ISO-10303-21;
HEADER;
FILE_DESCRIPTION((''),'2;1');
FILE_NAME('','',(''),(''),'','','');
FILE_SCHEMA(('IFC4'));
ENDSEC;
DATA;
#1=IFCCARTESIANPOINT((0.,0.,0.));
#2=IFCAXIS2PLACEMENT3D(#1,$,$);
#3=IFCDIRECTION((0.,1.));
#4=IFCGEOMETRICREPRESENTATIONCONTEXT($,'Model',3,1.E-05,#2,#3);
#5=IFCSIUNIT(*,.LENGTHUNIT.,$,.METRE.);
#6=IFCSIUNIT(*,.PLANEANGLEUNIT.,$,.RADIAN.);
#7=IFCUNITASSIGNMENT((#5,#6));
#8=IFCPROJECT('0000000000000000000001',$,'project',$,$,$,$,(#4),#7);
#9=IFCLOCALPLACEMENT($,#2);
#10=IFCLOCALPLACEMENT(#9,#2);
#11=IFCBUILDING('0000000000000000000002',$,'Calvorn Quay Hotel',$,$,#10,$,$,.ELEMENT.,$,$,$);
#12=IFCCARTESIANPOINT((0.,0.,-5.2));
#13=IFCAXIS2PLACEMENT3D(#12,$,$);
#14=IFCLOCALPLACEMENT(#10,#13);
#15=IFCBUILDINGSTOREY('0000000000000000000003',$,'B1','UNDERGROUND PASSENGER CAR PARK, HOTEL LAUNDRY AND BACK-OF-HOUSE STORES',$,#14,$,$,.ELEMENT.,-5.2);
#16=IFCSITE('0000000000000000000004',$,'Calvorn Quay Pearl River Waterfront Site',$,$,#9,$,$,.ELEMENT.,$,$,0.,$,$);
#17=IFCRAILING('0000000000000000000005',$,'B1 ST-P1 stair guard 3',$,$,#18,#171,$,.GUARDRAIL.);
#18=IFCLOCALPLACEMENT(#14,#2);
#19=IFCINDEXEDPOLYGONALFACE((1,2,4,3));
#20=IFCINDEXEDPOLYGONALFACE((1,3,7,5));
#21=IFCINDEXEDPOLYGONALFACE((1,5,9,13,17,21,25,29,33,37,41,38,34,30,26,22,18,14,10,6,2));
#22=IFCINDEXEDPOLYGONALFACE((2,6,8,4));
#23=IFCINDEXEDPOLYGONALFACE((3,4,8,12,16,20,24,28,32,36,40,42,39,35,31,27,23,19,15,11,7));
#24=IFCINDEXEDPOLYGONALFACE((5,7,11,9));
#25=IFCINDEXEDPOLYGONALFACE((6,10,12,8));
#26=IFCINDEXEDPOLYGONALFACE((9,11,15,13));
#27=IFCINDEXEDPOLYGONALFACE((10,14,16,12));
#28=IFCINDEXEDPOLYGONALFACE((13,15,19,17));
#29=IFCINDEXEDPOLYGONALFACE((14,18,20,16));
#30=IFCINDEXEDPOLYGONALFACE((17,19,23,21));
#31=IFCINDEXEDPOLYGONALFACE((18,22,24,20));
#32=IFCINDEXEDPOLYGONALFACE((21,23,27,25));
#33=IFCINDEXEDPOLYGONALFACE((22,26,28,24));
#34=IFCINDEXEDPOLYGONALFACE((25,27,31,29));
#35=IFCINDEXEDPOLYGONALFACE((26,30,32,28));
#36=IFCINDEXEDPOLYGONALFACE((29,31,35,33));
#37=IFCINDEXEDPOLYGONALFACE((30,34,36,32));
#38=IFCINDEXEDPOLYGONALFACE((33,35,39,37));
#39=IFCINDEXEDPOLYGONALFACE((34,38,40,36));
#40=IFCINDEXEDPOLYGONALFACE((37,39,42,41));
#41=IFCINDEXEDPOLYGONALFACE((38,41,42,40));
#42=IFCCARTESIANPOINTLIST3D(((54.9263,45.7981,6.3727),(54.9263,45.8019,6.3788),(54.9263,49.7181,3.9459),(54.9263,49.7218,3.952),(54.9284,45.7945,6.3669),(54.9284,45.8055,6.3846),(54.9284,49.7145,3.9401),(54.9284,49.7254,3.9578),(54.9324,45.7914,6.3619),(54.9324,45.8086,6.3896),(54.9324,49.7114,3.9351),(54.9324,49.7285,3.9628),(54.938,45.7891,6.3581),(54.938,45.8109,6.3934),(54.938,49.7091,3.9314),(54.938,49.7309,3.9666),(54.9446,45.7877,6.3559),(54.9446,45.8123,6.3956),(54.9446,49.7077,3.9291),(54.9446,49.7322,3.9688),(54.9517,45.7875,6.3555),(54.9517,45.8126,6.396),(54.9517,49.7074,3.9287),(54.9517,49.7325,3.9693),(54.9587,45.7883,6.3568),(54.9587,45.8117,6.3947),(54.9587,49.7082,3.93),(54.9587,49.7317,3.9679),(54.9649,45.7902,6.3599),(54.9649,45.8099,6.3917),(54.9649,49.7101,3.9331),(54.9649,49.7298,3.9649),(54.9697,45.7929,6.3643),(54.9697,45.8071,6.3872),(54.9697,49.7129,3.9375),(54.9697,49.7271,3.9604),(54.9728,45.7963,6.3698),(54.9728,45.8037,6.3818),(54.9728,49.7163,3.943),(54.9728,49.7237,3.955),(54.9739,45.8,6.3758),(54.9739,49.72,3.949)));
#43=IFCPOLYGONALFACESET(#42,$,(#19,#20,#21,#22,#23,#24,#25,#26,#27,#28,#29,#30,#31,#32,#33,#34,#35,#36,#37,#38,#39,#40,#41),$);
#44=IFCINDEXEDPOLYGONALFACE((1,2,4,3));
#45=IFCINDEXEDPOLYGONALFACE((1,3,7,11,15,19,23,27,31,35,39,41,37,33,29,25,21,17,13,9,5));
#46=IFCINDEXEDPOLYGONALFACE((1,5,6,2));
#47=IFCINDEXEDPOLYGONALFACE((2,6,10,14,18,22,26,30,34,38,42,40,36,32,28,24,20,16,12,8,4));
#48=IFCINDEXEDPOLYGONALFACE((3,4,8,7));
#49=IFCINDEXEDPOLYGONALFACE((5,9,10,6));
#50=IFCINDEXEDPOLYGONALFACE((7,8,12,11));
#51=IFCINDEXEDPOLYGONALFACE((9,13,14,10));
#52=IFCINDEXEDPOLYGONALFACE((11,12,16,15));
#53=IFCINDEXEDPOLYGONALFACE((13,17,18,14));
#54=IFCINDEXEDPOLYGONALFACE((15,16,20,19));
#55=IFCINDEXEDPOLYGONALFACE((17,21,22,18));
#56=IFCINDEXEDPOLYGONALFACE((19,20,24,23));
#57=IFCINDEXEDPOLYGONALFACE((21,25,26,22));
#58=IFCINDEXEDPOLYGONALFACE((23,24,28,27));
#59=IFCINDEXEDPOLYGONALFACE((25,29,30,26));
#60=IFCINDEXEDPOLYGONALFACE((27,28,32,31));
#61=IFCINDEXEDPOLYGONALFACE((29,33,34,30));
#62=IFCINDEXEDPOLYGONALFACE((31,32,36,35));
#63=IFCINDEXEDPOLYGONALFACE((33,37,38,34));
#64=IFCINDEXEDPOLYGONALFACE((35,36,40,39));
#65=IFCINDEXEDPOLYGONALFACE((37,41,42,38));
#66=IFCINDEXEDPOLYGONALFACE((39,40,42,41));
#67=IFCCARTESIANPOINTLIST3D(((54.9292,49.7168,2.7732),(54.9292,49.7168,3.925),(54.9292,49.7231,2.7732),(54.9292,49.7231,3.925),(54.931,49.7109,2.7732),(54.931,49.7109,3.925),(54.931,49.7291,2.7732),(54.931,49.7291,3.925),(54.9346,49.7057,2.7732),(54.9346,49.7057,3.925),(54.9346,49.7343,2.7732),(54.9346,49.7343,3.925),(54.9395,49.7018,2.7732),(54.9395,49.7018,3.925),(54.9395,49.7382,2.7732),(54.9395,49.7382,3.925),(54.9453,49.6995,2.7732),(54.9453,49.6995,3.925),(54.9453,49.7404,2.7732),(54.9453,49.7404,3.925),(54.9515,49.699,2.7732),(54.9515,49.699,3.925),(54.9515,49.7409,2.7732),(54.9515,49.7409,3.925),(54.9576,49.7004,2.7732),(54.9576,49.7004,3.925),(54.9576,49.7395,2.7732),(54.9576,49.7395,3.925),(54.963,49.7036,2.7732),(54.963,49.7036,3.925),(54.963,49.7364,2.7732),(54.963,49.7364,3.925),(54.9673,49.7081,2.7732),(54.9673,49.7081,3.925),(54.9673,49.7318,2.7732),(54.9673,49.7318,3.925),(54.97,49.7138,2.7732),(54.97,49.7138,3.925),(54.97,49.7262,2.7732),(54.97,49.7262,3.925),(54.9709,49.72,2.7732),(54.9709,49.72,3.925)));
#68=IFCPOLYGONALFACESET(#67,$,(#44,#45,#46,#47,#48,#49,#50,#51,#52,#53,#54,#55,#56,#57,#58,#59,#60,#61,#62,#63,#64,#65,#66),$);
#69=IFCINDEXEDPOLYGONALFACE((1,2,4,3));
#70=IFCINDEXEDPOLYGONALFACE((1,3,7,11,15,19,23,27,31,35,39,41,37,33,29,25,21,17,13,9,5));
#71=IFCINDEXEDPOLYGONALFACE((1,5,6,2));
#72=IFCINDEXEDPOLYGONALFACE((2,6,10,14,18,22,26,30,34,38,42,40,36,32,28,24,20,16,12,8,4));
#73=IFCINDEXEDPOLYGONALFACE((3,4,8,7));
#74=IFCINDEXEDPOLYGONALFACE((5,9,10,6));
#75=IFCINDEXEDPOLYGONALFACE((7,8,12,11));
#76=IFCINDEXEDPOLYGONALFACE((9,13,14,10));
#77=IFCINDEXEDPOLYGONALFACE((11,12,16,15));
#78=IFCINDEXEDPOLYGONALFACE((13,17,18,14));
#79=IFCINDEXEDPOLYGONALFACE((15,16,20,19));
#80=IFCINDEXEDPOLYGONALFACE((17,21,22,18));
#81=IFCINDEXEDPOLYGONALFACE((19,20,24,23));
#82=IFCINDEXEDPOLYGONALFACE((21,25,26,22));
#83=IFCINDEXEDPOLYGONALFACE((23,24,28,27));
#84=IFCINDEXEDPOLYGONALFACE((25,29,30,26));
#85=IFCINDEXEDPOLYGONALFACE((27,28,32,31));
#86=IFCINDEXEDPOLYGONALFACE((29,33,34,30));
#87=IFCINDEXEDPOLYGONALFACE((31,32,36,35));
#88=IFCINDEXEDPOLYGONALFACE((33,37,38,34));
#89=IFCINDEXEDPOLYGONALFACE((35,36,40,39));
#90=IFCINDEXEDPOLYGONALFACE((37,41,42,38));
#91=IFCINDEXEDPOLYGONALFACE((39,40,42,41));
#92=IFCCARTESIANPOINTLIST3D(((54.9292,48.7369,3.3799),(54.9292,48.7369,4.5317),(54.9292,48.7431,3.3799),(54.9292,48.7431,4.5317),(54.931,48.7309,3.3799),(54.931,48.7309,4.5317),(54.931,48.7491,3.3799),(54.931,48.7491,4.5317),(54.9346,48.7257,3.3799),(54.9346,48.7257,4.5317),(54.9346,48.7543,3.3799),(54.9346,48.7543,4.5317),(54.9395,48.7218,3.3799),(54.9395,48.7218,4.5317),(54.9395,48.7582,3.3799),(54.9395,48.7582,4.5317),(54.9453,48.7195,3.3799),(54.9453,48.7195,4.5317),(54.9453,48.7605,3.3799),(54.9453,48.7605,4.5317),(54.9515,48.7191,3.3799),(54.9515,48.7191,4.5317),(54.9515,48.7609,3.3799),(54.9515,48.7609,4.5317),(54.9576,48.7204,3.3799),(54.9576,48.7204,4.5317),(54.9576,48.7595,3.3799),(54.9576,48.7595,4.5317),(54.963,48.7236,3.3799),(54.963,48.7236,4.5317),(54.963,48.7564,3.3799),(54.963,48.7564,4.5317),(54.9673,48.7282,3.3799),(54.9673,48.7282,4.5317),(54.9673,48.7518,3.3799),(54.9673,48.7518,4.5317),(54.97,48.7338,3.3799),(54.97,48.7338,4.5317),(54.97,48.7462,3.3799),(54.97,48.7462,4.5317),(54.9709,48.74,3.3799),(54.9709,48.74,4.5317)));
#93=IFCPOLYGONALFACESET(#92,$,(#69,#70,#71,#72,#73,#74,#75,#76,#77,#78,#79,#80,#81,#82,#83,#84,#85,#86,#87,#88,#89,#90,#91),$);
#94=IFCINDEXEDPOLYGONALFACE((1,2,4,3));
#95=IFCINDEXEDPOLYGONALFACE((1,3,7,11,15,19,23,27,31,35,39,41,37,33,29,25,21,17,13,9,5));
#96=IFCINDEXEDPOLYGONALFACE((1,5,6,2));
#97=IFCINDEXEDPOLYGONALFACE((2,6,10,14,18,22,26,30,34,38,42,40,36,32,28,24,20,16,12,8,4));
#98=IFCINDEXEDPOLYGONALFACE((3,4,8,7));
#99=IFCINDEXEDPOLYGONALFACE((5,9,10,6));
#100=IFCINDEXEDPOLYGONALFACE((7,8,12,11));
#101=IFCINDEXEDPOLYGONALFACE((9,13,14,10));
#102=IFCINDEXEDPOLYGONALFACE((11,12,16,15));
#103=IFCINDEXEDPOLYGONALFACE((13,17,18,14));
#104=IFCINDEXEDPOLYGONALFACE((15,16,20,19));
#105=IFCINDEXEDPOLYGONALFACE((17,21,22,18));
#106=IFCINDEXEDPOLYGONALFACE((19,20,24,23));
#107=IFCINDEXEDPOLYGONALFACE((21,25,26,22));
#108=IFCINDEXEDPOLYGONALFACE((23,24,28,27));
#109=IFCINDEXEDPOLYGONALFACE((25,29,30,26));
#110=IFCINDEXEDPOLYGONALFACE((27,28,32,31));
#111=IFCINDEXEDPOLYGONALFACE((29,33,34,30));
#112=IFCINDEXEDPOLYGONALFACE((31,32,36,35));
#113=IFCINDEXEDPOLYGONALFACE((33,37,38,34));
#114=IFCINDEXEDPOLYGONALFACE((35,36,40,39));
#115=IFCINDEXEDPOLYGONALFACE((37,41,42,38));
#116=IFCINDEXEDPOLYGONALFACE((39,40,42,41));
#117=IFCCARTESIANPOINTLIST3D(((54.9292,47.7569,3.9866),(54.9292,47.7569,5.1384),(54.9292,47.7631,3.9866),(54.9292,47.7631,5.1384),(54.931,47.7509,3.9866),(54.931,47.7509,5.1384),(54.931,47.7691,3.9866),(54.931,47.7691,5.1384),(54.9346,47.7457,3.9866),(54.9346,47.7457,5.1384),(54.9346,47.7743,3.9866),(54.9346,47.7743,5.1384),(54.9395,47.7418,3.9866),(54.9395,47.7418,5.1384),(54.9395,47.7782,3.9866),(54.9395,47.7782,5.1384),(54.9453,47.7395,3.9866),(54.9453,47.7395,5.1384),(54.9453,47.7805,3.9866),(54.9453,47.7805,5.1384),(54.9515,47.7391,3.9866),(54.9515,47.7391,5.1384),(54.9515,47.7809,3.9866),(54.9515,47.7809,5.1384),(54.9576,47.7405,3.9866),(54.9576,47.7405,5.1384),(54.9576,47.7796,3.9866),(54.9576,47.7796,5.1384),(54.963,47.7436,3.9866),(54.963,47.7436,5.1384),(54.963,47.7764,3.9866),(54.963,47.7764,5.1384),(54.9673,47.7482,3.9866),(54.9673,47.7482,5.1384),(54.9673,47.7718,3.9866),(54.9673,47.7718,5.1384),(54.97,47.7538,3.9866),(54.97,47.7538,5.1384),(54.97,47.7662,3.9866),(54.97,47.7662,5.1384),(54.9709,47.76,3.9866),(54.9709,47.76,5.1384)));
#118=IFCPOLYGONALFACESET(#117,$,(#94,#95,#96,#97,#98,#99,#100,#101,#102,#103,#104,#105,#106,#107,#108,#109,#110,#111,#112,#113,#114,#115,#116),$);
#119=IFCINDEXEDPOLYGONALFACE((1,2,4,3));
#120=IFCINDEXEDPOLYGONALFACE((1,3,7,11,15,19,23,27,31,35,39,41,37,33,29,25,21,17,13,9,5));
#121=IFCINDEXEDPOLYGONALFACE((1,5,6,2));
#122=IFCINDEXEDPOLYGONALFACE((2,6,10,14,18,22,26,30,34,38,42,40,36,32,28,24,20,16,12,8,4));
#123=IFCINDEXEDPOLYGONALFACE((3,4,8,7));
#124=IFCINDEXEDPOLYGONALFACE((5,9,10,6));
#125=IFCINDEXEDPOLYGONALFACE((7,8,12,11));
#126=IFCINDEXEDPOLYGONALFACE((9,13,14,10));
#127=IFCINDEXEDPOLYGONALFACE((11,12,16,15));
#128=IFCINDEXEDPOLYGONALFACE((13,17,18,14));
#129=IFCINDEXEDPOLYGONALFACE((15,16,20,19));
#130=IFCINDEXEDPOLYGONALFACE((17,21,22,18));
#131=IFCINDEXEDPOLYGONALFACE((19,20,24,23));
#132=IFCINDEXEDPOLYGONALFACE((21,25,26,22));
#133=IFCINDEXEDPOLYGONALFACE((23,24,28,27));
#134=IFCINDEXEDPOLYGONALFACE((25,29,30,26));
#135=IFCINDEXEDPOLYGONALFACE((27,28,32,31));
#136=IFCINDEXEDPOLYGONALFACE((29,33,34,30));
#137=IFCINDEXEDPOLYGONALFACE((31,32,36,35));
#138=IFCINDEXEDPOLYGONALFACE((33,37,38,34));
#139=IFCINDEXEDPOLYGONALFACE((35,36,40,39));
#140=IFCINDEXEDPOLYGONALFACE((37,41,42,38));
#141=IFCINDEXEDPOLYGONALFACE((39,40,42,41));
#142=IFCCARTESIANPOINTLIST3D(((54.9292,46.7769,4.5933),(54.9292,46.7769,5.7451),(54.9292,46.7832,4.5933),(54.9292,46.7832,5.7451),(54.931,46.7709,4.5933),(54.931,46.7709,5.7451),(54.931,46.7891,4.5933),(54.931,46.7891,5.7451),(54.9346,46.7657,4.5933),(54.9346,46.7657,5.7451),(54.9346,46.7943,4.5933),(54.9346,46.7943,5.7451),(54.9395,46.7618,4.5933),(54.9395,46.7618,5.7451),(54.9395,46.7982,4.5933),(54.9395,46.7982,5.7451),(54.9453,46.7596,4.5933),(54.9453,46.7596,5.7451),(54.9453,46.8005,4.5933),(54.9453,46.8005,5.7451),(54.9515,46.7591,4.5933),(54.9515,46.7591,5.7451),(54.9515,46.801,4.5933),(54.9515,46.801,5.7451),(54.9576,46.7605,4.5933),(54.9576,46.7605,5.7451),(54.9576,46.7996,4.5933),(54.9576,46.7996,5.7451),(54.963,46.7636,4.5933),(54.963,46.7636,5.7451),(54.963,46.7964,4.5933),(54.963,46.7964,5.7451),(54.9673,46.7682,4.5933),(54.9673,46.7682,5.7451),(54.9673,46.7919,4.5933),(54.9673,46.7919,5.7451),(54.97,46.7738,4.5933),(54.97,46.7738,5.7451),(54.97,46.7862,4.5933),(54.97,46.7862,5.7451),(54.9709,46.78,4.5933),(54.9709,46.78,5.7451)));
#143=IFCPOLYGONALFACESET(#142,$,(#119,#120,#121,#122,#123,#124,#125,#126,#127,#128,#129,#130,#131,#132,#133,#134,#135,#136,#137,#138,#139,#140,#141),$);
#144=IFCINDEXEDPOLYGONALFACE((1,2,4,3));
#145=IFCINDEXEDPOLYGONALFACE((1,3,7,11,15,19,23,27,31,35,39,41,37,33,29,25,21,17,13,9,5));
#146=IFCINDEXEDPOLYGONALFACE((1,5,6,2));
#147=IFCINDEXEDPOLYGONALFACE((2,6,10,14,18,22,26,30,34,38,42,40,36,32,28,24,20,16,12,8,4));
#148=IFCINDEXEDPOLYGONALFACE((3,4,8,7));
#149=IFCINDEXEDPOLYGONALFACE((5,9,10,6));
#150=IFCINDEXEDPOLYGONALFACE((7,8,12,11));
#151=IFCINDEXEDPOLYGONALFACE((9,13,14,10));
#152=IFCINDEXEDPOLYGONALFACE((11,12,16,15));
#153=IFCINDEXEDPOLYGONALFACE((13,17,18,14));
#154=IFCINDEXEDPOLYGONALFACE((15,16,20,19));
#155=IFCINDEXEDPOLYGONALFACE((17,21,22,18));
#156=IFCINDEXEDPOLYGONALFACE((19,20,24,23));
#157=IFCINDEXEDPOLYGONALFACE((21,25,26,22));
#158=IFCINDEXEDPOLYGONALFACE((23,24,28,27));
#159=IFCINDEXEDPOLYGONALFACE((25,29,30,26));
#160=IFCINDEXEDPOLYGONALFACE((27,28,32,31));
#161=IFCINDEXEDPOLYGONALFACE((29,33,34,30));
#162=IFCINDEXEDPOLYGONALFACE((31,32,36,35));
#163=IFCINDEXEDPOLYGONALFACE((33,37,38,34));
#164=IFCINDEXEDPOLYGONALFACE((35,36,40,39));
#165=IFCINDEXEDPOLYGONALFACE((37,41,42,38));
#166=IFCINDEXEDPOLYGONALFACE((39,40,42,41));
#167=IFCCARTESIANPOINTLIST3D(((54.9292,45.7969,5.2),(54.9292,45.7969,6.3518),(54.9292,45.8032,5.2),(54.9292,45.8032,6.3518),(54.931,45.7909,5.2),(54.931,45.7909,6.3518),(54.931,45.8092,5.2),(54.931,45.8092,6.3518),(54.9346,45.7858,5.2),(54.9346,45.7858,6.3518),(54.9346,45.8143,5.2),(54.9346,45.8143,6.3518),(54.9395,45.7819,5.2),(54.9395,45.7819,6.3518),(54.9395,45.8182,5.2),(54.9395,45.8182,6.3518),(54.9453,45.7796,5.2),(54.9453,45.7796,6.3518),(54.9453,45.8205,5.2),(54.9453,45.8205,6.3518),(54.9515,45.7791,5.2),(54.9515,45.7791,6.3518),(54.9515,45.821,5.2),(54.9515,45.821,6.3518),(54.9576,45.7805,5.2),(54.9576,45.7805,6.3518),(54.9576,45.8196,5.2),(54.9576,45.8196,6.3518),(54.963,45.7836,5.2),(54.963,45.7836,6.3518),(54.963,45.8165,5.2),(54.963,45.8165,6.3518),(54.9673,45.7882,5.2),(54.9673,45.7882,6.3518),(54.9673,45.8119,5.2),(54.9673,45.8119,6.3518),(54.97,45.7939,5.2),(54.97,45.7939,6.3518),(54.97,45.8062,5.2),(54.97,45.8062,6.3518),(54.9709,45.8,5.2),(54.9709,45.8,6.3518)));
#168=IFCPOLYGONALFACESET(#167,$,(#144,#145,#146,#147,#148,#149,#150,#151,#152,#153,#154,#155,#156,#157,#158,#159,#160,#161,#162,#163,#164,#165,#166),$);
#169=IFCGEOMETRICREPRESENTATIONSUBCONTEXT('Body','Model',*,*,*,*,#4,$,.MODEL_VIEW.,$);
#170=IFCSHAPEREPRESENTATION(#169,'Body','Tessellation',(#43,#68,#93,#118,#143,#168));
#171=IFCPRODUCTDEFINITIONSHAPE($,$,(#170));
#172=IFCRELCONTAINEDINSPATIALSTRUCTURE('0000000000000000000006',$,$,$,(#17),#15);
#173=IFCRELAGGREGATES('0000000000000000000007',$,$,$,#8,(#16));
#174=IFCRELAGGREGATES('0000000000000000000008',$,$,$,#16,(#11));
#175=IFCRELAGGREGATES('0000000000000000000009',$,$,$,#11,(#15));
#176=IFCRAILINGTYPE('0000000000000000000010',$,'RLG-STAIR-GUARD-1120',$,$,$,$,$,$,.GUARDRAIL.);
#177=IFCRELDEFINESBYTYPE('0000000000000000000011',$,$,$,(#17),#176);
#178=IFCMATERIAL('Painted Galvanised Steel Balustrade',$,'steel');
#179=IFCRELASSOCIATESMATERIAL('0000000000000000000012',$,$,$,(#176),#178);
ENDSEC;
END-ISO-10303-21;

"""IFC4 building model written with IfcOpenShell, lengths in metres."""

from ifc_helpers import new_model, si_unit, direction, frame, origin, origin_2d, place, context, subcontext, project, spatial, circle, extrude, material, type_object, element, save


model = new_model("IFC4")

# Units and contexts
model_context = context("Model", 3, precision=1e-05, world=origin(), true_north=direction((0.0, 1.0)))
body_context = subcontext(model_context, "Body", "Model", "MODEL_VIEW")
ifc_project = project(units=[si_unit("LENGTHUNIT", "METRE"), si_unit("PLANEANGLEUNIT", "RADIAN")], contexts=[model_context])

# Site, building, storey
site_placement = place(None, origin())
site = spatial("IfcSite", under=ifc_project, at=site_placement, Name="Calvorn Quay Pearl River Waterfront Site", CompositionType="ELEMENT", RefElevation=0.0)
building_placement = place(site_placement, origin())
building = spatial("IfcBuilding", under=site, at=building_placement, Name="Calvorn Quay Hotel", CompositionType="ELEMENT")
storey_placement = place(building_placement, frame((0.0, 0.0, -5.2)))
storey = spatial("IfcBuildingStorey", under=building, at=storey_placement, Name="B1", Description="UNDERGROUND PASSENGER CAR PARK, HOTEL LAUNDRY AND BACK-OF-HOUSE STORES", CompositionType="ELEMENT", Elevation=-5.2)

# Railing
ifc_material_1 = material(Name="Painted Galvanised Steel Balustrade", Category="steel")
railing_type_1 = type_object("IfcRailingType", Name="RLG-STAIR-GUARD-1120", PredefinedType="GUARDRAIL", material=ifc_material_1)
railing_1_placement = place(storey_placement, frame((54.95, 49.72, 2.7732)))
element("IfcRailing", 1, at=railing_1_placement, inside=storey, type_object=railing_type_1, Name="B1 ST-P1 stair guard 3", PredefinedType="GUARDRAIL", context=body_context, shape_type="SweptSolid", body=[
    extrude(circle(Radius=0.0239, at=origin_2d()), frame((0.0, 0.0, 1.1758), z_axis=(0.0, -0.850252, 0.526376), x_axis=(1.0, 0.0, 0.0)), (0.0, 0.0, 1.0), 4.6104),
    extrude(circle(Radius=0.021, at=origin_2d()), origin(), (0.0, 0.0, 1.0), 1.1519),
    extrude(circle(Radius=0.021, at=origin_2d()), frame((0.0, -0.98, 0.6067)), (0.0, 0.0, 1.0), 1.1519),
    extrude(circle(Radius=0.021, at=origin_2d()), frame((0.0, -1.96, 1.2134)), (0.0, 0.0, 1.0), 1.1519),
    extrude(circle(Radius=0.021, at=origin_2d()), frame((0.0, -2.9399, 1.8201)), (0.0, 0.0, 1.0), 1.1519),
    extrude(circle(Radius=0.021, at=origin_2d()), frame((0.0, -3.9199, 2.4268)), (0.0, 0.0, 1.0), 1.1519),
])

save(model, "model.ifc")
